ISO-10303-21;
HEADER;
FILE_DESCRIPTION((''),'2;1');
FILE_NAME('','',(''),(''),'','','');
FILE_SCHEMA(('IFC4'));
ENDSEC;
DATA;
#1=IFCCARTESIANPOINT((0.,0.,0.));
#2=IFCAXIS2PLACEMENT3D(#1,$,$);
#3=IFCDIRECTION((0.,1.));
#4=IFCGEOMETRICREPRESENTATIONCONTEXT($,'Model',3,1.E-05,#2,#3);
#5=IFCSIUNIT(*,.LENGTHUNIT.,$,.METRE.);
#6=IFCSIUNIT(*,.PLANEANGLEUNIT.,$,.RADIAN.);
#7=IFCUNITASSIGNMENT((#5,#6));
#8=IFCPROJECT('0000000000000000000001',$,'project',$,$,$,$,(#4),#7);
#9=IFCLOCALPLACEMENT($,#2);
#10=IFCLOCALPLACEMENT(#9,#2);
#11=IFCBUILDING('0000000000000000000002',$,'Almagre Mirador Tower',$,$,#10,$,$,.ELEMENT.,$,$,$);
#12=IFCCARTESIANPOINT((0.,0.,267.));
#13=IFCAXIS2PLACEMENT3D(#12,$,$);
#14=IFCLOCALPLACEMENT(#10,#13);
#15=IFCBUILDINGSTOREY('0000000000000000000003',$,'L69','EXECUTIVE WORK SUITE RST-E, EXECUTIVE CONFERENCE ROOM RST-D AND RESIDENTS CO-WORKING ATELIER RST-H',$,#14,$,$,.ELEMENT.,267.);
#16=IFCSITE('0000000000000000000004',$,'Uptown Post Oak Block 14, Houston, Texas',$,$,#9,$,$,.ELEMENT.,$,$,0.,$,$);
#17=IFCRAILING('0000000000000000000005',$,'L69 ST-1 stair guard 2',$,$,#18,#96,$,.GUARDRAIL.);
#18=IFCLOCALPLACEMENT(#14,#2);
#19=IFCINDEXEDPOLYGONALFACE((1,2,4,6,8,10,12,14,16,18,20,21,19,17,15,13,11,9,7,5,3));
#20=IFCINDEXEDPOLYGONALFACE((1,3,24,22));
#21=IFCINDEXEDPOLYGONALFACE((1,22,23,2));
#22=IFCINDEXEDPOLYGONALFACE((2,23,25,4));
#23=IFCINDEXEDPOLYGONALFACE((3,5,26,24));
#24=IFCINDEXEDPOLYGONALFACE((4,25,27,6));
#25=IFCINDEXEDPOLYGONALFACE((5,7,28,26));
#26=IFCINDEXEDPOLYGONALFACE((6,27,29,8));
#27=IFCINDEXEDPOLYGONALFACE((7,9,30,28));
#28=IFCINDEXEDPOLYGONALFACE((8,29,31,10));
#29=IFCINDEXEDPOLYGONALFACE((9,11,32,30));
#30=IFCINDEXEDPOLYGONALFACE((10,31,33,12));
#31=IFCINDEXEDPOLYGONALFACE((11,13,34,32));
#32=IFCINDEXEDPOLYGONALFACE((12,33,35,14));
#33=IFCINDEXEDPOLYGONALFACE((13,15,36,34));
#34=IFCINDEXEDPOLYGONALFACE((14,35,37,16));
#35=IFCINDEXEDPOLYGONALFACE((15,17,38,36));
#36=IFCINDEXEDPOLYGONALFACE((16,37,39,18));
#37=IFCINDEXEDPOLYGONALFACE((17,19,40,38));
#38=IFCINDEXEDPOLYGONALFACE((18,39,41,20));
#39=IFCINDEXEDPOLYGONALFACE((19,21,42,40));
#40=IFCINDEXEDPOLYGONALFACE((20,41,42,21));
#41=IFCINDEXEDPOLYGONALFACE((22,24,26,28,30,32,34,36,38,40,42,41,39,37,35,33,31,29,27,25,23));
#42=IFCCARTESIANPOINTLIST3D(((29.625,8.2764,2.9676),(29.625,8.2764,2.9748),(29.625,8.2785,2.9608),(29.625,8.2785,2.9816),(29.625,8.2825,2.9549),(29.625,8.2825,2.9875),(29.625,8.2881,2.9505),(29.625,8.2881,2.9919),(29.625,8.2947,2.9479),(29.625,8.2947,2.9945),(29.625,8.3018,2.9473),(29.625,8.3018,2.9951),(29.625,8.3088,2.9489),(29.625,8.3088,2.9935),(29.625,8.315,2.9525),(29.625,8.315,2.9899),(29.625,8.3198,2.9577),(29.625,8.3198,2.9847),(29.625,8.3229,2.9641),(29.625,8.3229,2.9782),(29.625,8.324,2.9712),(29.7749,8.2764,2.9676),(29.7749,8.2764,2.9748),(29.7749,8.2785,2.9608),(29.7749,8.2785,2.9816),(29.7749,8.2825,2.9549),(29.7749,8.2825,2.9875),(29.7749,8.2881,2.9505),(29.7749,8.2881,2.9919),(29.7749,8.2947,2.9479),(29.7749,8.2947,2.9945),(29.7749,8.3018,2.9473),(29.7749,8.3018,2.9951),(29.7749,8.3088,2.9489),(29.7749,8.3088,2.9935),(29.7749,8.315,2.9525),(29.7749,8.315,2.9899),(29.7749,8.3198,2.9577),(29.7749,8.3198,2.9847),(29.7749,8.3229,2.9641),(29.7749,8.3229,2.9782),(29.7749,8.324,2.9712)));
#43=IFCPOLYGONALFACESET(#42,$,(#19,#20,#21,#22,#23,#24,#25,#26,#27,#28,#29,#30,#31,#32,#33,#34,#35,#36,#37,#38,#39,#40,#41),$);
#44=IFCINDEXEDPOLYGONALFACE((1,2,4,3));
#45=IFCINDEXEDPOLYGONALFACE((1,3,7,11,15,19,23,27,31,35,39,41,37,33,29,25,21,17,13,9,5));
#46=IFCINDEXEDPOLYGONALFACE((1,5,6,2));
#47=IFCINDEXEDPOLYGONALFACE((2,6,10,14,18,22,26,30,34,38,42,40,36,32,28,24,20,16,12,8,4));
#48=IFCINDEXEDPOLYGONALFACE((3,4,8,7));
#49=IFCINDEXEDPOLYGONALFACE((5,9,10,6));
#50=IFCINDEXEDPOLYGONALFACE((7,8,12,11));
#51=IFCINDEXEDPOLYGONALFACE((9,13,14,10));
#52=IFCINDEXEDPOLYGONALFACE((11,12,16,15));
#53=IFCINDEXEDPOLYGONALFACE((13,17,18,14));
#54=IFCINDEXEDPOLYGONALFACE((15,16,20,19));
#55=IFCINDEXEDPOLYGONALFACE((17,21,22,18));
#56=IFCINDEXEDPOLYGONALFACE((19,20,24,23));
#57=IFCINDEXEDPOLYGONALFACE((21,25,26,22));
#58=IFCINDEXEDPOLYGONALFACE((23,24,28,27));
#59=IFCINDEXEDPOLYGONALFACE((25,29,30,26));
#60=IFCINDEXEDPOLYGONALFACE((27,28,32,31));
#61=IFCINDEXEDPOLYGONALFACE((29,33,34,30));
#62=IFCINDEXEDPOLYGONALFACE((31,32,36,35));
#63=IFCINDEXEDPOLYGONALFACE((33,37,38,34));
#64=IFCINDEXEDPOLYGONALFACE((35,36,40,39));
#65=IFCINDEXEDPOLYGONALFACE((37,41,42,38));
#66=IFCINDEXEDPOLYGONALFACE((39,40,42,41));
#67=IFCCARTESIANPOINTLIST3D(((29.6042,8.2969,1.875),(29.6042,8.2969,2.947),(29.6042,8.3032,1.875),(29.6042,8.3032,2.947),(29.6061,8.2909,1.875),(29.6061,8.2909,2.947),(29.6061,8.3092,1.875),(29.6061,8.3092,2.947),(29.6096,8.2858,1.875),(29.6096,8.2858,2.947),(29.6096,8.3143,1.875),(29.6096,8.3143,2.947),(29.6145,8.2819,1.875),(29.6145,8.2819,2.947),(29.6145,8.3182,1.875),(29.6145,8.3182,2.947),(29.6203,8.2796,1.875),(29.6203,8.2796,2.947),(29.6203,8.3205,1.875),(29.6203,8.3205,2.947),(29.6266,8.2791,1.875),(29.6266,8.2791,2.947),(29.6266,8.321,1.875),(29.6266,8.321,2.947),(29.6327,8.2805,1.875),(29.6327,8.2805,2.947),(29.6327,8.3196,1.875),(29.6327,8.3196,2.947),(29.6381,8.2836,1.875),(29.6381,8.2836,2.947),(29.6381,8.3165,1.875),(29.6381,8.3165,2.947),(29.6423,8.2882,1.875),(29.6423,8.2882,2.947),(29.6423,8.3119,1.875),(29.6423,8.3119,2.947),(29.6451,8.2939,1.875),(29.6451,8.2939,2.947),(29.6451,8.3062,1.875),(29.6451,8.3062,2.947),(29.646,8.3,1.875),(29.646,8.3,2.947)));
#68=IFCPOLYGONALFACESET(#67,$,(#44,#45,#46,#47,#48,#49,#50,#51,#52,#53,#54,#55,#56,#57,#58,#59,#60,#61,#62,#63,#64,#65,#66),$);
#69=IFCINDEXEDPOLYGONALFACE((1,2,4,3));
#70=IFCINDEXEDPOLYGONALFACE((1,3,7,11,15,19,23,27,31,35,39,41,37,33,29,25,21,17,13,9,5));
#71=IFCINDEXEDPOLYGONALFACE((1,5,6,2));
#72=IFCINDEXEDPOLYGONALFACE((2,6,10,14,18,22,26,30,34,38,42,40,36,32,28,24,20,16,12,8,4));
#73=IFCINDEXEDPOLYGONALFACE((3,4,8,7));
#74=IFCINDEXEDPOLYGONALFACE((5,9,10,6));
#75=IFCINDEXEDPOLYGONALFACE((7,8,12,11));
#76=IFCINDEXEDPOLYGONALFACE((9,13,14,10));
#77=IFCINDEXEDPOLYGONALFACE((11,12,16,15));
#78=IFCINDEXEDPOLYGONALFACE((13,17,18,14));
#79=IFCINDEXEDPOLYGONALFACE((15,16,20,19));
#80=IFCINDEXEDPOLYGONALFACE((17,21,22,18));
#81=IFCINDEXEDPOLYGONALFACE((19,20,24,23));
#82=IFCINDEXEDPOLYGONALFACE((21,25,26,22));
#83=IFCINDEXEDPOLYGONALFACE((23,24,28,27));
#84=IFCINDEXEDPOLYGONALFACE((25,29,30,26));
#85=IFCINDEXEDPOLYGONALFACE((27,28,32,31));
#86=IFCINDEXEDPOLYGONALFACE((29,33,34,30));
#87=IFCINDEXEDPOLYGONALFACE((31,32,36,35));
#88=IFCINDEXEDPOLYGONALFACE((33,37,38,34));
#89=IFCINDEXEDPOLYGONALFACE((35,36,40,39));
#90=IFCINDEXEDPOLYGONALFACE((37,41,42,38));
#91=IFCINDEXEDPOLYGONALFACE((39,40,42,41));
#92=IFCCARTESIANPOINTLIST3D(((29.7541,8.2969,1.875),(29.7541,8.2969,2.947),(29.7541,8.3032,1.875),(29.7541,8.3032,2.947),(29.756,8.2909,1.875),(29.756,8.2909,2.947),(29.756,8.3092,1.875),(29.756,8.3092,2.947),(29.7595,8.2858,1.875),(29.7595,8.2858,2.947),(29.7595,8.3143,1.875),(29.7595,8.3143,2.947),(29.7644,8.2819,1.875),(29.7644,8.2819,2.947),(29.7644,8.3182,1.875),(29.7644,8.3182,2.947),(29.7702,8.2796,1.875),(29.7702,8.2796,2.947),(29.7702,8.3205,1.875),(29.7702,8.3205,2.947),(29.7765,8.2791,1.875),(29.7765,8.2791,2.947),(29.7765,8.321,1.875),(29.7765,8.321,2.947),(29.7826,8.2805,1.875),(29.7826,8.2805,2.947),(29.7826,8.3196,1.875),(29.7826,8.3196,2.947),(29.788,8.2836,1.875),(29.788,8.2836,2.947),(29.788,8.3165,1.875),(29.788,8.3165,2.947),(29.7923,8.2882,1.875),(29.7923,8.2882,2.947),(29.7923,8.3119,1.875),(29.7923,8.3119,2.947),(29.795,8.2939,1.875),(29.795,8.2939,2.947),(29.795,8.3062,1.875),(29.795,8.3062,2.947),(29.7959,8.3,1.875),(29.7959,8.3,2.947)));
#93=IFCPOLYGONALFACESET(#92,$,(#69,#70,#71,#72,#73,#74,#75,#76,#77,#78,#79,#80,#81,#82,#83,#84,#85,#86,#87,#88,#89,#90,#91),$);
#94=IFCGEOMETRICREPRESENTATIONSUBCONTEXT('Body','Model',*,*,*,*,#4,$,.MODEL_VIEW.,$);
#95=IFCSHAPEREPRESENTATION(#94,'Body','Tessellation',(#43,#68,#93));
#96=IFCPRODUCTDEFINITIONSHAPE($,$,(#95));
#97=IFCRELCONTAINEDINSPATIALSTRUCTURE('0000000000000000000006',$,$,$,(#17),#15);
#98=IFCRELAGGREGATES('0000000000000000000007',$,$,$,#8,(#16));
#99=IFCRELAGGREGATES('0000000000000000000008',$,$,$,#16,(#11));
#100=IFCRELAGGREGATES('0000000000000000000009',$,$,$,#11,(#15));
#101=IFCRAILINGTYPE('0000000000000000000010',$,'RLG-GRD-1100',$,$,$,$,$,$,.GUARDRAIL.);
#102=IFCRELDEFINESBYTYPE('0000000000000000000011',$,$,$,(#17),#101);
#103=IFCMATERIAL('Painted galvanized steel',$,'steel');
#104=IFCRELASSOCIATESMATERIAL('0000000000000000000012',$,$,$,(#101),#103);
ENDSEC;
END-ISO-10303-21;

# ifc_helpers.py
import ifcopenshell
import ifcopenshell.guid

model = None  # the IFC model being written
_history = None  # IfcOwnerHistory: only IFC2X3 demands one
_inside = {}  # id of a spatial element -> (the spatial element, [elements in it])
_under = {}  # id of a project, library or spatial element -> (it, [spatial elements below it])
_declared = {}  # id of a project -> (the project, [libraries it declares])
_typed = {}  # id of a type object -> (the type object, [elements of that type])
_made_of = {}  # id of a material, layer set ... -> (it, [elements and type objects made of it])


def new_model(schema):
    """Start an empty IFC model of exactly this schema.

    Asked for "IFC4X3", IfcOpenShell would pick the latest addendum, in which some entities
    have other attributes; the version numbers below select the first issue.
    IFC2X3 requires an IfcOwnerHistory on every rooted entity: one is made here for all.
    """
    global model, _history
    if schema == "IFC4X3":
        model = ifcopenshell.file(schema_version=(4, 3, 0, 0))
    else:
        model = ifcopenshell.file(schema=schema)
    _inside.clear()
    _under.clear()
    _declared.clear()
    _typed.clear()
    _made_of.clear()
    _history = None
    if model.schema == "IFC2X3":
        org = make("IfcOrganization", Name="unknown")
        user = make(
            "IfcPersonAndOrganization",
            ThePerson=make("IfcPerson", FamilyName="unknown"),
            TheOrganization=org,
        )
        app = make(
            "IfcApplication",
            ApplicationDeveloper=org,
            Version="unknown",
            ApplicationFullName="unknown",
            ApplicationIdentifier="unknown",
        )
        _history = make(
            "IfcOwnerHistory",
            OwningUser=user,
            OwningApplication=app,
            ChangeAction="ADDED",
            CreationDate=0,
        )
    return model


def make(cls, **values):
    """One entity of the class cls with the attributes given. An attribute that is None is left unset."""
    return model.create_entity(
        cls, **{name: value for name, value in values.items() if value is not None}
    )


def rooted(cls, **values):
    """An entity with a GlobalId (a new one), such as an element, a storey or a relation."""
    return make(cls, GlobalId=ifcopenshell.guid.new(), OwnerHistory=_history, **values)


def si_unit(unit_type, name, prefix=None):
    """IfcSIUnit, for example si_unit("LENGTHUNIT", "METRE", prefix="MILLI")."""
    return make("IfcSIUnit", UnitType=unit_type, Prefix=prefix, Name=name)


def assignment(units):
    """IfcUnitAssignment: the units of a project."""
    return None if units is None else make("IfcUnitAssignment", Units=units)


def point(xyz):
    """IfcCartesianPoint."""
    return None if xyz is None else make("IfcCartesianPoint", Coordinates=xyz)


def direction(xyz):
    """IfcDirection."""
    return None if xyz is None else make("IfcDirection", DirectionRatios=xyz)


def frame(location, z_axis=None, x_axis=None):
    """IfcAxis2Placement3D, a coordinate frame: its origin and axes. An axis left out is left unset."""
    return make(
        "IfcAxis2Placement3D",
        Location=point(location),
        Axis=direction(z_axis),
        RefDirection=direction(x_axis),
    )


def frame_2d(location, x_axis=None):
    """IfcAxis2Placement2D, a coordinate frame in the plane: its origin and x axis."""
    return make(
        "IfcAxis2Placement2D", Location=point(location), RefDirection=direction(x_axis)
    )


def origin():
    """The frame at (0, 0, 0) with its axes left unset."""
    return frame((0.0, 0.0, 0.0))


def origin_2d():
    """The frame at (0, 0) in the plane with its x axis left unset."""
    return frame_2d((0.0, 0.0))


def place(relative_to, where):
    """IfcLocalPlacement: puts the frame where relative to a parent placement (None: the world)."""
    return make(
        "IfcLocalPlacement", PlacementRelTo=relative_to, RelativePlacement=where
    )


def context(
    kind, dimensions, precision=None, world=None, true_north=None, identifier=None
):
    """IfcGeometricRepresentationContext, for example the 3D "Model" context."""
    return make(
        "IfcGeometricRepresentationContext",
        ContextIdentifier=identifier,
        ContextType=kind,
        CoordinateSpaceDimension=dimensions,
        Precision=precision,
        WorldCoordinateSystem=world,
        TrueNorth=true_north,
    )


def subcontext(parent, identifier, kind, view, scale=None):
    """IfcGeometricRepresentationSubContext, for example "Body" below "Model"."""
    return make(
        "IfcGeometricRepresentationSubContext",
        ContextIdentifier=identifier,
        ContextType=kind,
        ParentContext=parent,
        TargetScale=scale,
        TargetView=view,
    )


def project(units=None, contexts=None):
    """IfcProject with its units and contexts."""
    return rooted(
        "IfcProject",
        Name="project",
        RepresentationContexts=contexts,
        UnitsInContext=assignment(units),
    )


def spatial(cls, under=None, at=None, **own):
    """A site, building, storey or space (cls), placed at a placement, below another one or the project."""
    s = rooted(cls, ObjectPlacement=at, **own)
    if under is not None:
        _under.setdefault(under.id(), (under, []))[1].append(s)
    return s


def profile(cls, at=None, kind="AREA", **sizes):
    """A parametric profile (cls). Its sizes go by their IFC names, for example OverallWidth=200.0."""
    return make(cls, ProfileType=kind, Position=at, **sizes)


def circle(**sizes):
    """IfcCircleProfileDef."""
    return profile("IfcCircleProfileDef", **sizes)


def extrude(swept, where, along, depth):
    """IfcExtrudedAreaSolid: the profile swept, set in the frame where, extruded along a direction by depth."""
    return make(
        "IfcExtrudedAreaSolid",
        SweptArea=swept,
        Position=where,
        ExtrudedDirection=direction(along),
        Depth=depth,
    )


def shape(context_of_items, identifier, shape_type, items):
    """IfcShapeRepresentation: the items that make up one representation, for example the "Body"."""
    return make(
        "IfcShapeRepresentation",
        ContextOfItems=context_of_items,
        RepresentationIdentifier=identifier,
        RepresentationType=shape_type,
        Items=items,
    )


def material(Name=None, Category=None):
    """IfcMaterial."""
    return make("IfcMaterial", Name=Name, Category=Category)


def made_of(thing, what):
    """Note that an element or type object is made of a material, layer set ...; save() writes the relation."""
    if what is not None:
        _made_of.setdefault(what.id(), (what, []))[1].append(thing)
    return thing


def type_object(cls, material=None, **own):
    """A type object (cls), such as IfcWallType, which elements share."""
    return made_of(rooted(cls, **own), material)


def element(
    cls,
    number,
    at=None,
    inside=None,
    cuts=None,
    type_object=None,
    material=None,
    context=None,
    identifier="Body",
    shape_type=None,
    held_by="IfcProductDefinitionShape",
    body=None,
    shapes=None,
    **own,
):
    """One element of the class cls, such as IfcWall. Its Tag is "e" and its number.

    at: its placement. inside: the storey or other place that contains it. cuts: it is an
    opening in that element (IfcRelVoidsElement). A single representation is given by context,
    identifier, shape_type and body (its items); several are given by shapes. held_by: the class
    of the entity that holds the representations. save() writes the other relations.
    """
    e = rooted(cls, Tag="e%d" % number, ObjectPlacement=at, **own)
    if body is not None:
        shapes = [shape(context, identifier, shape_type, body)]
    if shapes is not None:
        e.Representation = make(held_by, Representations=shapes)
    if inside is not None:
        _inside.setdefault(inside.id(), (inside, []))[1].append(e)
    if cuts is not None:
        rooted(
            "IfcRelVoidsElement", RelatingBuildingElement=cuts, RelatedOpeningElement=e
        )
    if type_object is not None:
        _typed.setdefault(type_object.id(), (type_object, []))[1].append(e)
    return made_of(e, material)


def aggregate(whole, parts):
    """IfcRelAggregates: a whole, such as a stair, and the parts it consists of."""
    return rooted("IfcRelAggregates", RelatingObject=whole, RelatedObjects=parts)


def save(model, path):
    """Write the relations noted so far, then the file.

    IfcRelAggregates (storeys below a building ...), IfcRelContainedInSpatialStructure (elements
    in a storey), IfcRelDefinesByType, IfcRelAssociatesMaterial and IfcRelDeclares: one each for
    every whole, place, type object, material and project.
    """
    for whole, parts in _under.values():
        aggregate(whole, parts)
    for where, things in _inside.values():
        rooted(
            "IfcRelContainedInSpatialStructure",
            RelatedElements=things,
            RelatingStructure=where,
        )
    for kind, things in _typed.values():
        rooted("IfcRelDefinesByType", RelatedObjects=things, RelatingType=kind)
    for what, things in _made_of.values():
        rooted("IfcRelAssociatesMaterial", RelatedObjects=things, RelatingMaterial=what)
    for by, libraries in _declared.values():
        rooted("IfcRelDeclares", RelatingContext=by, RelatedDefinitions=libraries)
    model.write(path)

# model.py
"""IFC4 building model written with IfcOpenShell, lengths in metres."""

from ifc_helpers import new_model, si_unit, direction, frame, origin, origin_2d, place, context, subcontext, project, spatial, circle, extrude, material, type_object, element, save


model = new_model("IFC4")

# Units and contexts
model_context = context("Model", 3, precision=1e-05, world=origin(), true_north=direction((0.0, 1.0)))
body_context = subcontext(model_context, "Body", "Model", "MODEL_VIEW")
ifc_project = project(units=[si_unit("LENGTHUNIT", "METRE"), si_unit("PLANEANGLEUNIT", "RADIAN")], contexts=[model_context])

# Site, building, storey
site_placement = place(None, origin())
site = spatial("IfcSite", under=ifc_project, at=site_placement, Name="Uptown Post Oak Block 14, Houston, Texas", CompositionType="ELEMENT", RefElevation=0.0)
building_placement = place(site_placement, origin())
building = spatial("IfcBuilding", under=site, at=building_placement, Name="Almagre Mirador Tower", CompositionType="ELEMENT")
storey_placement = place(building_placement, frame((0.0, 0.0, 267.0)))
storey = spatial("IfcBuildingStorey", under=building, at=storey_placement, Name="L69", Description="EXECUTIVE WORK SUITE RST-E, EXECUTIVE CONFERENCE ROOM RST-D AND RESIDENTS CO-WORKING ATELIER RST-H", CompositionType="ELEMENT", Elevation=267.0)

# Railing
ifc_material_1 = material(Name="Painted galvanized steel", Category="steel")
railing_type_1 = type_object("IfcRailingType", Name="RLG-GRD-1100", PredefinedType="GUARDRAIL", material=ifc_material_1)
railing_1_placement = place(storey_placement, frame((29.625, 8.3, 1.875)))
element("IfcRailing", 1, at=railing_1_placement, inside=storey, type_object=railing_type_1, Name="L69 ST-1 stair guard 2", PredefinedType="GUARDRAIL", context=body_context, shape_type="SweptSolid", body=[
    extrude(circle(Radius=0.0239, at=origin_2d()), frame((0.0, 0.0, 1.0962), z_axis=(1.0, 0.0, 0.0), x_axis=(0.0, 1.0, 0.0)), (0.0, 0.0, 1.0), 0.1499),
    extrude(circle(Radius=0.021, at=origin_2d()), origin(), (0.0, 0.0, 1.0), 1.072),
    extrude(circle(Radius=0.021, at=origin_2d()), frame((0.1499, 0.0, 0.0)), (0.0, 0.0, 1.0), 1.072),
])

save(model, "model.ifc")
